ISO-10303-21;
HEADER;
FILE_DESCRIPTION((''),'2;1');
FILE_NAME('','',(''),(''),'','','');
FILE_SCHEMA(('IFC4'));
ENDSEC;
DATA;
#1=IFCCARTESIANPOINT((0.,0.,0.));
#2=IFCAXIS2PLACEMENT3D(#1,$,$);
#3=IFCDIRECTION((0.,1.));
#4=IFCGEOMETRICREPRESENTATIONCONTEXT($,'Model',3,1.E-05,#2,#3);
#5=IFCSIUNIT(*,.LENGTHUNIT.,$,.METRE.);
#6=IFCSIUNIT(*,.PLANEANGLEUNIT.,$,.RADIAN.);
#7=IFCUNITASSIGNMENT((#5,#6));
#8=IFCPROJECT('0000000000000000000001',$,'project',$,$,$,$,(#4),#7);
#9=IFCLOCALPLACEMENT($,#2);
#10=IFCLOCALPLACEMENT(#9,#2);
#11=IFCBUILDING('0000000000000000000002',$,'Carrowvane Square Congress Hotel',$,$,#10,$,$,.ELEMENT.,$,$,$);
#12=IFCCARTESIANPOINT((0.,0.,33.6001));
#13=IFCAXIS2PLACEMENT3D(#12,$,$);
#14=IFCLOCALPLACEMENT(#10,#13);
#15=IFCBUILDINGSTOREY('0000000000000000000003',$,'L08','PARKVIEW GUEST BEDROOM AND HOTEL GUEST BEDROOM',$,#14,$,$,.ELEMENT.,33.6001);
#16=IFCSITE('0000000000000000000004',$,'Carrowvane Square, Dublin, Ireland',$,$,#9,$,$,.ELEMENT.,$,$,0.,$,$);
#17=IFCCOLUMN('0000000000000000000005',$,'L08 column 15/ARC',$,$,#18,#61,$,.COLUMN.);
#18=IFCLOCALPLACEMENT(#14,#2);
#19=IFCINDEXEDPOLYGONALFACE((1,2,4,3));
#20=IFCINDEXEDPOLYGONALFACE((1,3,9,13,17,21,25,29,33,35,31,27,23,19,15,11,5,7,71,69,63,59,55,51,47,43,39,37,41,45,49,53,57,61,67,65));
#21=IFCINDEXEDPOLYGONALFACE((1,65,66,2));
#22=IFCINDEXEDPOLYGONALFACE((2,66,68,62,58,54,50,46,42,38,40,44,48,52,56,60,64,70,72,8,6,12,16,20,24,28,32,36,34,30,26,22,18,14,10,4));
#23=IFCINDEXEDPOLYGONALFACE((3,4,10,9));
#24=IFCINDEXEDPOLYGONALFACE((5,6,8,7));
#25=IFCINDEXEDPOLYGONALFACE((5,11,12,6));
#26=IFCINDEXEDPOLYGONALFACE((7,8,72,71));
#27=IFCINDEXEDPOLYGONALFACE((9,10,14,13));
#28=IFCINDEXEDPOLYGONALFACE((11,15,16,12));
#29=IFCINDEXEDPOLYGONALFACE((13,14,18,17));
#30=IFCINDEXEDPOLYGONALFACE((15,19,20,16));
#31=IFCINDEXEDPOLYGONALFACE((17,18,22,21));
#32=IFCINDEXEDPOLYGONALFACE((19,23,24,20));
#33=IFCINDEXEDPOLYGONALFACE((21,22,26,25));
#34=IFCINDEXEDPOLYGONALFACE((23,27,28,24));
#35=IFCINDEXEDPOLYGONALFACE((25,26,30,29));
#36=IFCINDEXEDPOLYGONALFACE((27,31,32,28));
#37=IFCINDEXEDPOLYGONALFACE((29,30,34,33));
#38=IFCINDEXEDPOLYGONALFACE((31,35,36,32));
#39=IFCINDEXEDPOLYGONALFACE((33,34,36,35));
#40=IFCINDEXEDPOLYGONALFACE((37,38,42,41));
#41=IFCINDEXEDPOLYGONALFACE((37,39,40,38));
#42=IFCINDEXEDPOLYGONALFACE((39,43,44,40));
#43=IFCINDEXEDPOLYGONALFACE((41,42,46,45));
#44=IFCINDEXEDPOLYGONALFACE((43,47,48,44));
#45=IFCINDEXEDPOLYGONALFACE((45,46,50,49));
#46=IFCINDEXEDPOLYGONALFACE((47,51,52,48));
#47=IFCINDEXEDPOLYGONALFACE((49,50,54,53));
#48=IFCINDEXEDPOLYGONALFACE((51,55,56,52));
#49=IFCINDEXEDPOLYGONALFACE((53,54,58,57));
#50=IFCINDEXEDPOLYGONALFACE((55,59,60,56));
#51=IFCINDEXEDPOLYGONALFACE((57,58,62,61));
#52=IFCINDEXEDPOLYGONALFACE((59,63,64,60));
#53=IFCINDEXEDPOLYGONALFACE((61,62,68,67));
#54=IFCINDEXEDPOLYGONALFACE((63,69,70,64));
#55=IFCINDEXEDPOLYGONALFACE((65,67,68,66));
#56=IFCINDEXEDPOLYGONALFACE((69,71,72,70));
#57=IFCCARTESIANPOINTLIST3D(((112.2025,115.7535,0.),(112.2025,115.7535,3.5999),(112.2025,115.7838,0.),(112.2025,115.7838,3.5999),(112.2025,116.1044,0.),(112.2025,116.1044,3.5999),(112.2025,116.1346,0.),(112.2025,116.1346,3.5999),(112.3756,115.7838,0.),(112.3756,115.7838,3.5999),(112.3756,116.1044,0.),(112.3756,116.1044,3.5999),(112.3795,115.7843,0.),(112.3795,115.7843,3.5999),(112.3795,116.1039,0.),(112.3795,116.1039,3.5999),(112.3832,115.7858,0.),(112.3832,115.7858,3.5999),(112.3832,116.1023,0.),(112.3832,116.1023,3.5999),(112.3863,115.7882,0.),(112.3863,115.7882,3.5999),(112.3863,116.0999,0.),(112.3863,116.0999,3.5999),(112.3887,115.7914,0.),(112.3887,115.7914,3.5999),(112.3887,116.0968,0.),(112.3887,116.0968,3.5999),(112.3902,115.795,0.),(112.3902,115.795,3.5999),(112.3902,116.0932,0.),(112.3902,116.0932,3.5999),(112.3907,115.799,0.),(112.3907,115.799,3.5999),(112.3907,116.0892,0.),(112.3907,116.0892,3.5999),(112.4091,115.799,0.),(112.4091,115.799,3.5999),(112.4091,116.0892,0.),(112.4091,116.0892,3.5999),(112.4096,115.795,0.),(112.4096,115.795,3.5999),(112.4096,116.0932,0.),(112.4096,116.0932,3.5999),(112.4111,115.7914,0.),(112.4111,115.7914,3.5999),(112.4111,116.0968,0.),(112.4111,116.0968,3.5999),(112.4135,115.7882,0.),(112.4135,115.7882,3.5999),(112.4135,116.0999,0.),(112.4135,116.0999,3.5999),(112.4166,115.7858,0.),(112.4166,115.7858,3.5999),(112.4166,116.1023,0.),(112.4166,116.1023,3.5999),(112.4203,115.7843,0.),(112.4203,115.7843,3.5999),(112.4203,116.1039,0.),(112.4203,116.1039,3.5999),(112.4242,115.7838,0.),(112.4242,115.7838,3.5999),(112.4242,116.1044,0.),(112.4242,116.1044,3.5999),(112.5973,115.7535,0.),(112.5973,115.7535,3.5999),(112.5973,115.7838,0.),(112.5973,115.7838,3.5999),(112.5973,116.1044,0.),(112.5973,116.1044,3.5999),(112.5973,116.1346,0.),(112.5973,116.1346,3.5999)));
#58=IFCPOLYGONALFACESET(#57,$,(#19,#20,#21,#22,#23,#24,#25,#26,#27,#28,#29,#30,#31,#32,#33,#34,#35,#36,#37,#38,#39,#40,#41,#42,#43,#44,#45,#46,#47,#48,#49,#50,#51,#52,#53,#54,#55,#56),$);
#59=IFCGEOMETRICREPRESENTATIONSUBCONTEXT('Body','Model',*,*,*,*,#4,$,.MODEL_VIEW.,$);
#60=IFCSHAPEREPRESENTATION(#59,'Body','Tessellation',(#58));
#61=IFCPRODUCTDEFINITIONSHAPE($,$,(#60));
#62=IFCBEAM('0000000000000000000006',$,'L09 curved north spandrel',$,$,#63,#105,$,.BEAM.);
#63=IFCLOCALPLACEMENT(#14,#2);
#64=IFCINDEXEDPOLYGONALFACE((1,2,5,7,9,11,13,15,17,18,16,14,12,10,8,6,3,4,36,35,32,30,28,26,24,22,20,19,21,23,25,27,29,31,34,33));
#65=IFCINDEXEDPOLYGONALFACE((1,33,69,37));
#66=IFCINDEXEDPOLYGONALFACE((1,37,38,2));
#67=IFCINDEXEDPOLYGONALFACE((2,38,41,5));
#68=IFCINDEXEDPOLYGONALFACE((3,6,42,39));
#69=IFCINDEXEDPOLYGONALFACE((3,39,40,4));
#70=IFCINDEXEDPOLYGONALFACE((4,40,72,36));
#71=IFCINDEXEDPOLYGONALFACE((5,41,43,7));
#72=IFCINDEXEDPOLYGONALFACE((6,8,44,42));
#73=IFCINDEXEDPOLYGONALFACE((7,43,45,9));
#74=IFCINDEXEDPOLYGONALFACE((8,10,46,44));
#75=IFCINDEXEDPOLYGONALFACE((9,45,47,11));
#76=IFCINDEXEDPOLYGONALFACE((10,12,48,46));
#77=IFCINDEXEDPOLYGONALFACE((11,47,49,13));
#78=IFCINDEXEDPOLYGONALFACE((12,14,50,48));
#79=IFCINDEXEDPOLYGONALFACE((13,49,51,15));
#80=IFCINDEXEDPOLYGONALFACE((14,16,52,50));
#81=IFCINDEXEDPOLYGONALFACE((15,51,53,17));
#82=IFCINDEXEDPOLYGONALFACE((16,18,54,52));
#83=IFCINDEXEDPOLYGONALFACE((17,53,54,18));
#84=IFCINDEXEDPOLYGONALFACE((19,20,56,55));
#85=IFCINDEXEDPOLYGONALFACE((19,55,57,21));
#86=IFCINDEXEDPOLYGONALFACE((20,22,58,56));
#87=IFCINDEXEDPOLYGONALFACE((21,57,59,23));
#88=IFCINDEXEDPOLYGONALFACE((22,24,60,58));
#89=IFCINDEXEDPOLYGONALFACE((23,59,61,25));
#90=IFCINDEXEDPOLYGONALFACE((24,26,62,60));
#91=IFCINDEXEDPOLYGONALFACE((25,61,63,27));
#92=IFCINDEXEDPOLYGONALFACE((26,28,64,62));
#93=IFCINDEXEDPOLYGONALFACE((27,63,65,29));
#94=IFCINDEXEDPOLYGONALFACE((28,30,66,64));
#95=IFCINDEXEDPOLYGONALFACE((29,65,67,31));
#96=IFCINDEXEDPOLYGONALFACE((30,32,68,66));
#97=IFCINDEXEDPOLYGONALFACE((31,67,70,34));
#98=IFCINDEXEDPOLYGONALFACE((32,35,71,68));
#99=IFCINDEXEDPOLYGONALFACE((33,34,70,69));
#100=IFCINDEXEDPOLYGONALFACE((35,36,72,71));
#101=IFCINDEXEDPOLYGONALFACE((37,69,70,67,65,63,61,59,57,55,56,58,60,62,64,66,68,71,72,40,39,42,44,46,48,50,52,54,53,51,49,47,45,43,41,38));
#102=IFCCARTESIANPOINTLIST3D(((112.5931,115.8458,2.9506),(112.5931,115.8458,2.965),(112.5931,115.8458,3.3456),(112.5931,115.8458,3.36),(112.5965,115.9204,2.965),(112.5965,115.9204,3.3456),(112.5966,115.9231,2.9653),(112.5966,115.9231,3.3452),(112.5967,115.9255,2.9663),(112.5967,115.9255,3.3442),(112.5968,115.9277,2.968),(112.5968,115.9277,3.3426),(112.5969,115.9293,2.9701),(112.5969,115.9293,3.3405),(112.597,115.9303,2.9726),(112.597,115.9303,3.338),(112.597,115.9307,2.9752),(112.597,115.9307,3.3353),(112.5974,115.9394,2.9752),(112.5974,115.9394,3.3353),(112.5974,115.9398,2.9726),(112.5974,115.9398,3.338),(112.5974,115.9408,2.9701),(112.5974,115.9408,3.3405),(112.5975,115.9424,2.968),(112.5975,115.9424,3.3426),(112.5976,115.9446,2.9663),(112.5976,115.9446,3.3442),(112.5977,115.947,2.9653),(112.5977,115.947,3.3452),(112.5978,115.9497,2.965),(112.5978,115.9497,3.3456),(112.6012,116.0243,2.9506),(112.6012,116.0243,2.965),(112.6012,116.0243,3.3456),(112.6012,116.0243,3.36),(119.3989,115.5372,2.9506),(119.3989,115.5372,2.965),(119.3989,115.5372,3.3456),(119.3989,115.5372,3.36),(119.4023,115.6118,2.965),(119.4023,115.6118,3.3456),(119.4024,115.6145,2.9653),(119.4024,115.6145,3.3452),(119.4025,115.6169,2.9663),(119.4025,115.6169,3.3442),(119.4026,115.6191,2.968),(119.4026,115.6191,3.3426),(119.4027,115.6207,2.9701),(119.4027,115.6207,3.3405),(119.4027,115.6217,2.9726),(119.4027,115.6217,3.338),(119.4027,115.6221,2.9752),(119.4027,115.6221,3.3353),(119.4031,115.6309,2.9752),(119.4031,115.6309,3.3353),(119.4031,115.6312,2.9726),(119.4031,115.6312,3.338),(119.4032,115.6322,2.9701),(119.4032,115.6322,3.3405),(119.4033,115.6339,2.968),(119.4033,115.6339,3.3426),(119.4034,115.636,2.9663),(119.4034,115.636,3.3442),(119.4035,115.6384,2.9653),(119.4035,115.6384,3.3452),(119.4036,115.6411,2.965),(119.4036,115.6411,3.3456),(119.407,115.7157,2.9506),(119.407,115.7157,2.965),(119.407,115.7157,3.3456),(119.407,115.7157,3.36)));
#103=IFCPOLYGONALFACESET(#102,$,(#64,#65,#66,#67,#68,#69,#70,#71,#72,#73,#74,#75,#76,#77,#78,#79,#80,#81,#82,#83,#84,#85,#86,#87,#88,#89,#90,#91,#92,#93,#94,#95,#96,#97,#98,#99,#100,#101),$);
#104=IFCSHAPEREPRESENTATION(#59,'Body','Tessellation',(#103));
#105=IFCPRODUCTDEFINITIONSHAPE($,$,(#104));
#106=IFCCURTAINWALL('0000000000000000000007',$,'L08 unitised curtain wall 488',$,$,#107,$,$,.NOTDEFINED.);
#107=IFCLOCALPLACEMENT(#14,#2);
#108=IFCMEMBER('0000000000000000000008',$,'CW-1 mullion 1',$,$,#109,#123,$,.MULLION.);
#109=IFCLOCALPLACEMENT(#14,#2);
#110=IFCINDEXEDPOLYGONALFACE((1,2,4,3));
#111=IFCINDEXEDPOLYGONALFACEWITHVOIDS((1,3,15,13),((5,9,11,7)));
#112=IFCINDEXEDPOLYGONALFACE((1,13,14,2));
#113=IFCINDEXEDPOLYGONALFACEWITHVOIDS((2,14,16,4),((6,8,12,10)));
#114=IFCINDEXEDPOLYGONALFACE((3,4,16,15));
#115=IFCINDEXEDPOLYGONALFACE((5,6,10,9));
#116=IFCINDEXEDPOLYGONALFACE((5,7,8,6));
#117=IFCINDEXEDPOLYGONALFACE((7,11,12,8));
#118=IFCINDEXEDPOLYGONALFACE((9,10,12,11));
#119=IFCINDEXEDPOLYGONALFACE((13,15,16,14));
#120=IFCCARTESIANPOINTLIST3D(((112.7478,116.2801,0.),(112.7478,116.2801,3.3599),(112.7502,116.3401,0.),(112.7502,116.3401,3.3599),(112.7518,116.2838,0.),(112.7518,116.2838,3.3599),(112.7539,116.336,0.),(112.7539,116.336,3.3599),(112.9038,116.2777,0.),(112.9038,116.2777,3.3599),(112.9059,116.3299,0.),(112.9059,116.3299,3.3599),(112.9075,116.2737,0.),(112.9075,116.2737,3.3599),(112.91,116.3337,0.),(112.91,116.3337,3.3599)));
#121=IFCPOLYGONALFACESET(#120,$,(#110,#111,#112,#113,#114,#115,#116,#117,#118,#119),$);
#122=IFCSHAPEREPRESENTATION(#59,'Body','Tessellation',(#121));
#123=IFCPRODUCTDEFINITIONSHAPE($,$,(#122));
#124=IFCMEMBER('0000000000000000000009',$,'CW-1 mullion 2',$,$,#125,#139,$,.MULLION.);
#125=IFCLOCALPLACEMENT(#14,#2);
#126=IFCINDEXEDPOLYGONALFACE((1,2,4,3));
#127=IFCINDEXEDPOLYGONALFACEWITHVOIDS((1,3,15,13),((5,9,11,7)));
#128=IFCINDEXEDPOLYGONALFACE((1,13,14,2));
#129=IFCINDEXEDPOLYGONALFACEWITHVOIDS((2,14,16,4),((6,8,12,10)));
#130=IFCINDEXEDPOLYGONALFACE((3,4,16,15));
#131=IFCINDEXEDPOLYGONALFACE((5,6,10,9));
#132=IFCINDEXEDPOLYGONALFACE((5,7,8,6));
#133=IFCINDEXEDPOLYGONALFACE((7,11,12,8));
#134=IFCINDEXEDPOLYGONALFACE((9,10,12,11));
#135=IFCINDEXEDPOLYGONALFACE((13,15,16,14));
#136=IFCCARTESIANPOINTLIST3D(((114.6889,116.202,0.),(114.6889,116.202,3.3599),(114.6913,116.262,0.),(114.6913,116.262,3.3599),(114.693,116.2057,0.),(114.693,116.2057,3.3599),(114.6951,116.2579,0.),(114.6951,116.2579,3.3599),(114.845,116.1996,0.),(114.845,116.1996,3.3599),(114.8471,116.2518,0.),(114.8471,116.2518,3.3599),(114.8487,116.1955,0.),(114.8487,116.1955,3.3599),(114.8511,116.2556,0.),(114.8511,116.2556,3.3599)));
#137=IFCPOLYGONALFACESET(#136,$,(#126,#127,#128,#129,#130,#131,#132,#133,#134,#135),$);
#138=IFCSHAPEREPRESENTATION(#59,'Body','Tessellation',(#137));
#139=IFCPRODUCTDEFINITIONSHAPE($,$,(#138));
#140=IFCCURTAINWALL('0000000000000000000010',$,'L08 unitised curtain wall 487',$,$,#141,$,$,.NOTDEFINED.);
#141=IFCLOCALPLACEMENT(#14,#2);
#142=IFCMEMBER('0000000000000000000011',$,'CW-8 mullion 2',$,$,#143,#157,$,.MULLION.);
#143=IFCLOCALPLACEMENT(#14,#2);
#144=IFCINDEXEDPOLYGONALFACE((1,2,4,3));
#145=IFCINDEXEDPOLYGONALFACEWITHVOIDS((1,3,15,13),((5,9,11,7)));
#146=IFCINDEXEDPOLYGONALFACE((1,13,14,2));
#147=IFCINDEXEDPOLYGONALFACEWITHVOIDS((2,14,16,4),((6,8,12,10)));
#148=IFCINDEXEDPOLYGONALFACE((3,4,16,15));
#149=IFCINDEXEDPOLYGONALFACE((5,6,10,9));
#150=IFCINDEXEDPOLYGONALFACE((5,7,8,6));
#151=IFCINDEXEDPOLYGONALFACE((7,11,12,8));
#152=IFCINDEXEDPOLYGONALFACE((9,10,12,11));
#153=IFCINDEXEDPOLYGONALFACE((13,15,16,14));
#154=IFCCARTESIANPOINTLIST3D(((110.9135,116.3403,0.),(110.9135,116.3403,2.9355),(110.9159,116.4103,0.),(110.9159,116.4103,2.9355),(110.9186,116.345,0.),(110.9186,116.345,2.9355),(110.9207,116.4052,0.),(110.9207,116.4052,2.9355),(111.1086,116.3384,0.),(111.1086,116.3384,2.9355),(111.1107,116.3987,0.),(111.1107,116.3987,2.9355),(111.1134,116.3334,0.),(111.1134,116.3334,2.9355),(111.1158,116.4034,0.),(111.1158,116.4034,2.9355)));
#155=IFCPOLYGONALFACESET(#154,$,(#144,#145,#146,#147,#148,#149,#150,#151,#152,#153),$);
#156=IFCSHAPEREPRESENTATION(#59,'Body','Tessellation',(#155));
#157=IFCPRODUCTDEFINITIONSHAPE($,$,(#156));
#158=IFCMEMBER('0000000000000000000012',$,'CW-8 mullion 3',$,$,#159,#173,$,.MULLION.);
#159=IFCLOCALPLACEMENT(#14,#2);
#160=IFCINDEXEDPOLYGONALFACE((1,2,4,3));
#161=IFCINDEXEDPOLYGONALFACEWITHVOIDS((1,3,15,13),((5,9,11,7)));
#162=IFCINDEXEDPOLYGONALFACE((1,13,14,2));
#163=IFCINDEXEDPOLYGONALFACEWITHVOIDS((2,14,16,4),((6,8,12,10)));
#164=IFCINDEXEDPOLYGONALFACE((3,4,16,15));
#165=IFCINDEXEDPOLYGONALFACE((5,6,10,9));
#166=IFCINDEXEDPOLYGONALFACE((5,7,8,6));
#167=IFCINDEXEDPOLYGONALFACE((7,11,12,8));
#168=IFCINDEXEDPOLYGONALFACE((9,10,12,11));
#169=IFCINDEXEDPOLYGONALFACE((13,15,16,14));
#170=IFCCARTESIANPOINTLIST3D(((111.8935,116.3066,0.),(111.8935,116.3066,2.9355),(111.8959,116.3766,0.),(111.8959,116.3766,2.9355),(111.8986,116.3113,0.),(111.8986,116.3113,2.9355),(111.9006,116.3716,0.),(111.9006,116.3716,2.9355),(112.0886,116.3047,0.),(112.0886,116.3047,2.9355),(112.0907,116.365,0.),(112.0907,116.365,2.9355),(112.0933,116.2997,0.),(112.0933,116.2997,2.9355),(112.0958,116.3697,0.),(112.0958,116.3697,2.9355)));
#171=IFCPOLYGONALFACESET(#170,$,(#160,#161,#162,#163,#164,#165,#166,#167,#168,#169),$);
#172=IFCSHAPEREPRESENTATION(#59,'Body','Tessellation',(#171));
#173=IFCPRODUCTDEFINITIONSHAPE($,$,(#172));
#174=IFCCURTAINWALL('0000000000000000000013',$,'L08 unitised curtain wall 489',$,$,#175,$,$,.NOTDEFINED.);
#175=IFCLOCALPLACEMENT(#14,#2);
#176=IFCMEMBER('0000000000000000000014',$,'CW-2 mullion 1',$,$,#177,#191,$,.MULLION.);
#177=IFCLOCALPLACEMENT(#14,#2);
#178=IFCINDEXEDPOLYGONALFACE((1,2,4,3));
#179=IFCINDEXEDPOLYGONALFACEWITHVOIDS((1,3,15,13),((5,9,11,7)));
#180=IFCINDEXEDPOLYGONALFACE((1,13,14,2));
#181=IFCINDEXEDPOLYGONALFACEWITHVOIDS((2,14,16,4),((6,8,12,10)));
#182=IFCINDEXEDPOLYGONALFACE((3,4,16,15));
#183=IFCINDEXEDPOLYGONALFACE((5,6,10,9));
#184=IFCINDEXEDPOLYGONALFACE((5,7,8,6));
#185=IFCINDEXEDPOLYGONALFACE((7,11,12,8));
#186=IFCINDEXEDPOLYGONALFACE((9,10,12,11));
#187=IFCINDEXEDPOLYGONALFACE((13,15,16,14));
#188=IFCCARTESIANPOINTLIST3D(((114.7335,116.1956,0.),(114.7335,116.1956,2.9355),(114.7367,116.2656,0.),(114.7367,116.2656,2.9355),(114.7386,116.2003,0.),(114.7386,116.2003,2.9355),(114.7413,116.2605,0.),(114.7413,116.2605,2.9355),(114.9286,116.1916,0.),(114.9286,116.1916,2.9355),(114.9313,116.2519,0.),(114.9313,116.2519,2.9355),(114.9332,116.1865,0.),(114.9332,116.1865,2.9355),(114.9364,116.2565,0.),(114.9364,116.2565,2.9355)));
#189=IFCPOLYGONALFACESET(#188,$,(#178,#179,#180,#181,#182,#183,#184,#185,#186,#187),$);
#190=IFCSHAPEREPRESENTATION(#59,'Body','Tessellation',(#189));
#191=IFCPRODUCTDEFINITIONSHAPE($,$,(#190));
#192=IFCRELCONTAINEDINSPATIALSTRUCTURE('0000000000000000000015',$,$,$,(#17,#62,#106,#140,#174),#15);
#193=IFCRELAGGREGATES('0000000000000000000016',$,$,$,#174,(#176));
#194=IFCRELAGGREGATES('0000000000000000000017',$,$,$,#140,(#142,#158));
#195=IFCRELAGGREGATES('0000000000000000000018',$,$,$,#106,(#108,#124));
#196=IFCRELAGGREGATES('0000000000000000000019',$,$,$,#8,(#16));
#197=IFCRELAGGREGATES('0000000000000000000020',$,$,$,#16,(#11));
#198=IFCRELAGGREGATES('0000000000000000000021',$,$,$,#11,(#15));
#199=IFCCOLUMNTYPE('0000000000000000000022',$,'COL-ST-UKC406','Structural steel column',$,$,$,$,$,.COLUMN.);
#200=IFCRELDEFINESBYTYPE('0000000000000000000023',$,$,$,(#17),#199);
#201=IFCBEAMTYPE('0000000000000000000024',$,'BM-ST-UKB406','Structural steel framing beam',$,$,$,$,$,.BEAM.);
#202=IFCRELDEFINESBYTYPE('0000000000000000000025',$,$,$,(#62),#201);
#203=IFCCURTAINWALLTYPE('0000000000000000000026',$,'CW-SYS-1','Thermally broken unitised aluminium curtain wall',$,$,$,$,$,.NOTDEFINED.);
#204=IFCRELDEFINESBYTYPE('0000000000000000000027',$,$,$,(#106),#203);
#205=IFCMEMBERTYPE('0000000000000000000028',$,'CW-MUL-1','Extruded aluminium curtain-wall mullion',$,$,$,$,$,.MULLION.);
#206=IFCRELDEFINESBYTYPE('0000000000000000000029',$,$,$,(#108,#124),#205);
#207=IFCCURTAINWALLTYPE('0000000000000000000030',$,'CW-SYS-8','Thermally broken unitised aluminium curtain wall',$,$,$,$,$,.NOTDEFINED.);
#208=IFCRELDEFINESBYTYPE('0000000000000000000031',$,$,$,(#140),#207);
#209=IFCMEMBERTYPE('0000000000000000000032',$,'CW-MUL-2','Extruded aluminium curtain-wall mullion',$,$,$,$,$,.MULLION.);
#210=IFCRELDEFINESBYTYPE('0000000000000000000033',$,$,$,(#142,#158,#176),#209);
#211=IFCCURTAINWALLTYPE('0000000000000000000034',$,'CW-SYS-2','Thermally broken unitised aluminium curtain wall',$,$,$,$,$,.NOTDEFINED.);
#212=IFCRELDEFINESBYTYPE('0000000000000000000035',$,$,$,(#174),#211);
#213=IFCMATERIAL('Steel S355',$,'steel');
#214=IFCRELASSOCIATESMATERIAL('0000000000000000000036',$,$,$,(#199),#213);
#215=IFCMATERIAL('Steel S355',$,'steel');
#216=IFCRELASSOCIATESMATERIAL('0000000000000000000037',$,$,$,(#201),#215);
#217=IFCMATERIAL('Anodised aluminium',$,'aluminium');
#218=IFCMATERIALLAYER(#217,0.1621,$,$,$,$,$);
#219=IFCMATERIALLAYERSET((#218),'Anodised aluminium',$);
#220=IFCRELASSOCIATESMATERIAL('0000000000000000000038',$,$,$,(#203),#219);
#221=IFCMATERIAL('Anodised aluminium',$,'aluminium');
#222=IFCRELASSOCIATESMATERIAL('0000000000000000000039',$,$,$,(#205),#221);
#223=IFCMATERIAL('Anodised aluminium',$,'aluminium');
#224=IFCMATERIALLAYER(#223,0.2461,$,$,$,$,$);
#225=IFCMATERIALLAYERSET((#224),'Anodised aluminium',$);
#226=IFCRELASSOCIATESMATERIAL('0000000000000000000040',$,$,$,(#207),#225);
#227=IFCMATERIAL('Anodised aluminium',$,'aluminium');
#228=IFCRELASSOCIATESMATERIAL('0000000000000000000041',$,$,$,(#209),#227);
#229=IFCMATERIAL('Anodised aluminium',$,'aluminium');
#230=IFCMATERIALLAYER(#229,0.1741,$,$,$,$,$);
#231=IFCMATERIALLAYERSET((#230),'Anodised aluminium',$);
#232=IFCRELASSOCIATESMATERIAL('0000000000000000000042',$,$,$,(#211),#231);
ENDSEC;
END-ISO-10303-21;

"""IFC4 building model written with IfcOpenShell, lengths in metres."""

from ifc_helpers import new_model, si_unit, direction, frame, origin, origin_2d, place, context, subcontext, project, spatial, hollow_rectangle, i_section, extrude, material, layer, layer_set, material_profile, profile_set, type_object, element, aggregate, save


model = new_model("IFC4")

# Units and contexts
model_context = context("Model", 3, precision=1e-05, world=origin(), true_north=direction((0.0, 1.0)))
body_context = subcontext(model_context, "Body", "Model", "MODEL_VIEW")
ifc_project = project(units=[si_unit("LENGTHUNIT", "METRE"), si_unit("PLANEANGLEUNIT", "RADIAN")], contexts=[model_context])

# Site, building, storey
site_placement = place(None, origin())
site = spatial("IfcSite", under=ifc_project, at=site_placement, Name="Carrowvane Square, Dublin, Ireland", CompositionType="ELEMENT", RefElevation=0.0)
building_placement = place(site_placement, origin())
building = spatial("IfcBuilding", under=site, at=building_placement, Name="Carrowvane Square Congress Hotel", CompositionType="ELEMENT")
storey_placement = place(building_placement, frame((0.0, 0.0, 33.6001)))
storey = spatial("IfcBuildingStorey", under=building, at=storey_placement, Name="L08", Description="PARKVIEW GUEST BEDROOM AND HOTEL GUEST BEDROOM", CompositionType="ELEMENT", Elevation=33.6001)

# Column
ifc_material_1 = material(Name="Steel S355", Category="steel")
ifc_material_profile_1 = material_profile(ifc_material_1, i_section(OverallWidth=0.3948, OverallDepth=0.3811, WebThickness=0.0183, FlangeThickness=0.0303, FilletRadius=0.0151, at=origin_2d()), Name="UKC 356x406x235")
ifc_profile_set_1 = profile_set([ifc_material_profile_1], Name="Steel S355")
column_type = type_object("IfcColumnType", Name="COL-ST-UKC406", Description="Structural steel column", PredefinedType="COLUMN", material=ifc_profile_set_1)
column_placement = place(storey_placement, frame((112.3999, 115.9441, 0.0), z_axis=(0.0, 0.0, 1.0), x_axis=(1.0, 0.0, 0.0)))
element("IfcColumn", 1, at=column_placement, inside=storey, type_object=column_type, Name="L08 column 15/ARC", PredefinedType="COLUMN", context=body_context, shape_type="SweptSolid", body=[
    extrude(i_section(OverallWidth=0.3948, OverallDepth=0.3811, WebThickness=0.0183, FlangeThickness=0.0303, FilletRadius=0.0151, at=origin_2d()), origin(), (0.0, 0.0, 1.0), 3.5999),
])

# Beam
ifc_material_2 = material(Name="Steel S355", Category="steel")
ifc_material_profile_2 = material_profile(ifc_material_2, i_section(OverallWidth=0.1787, OverallDepth=0.4094, WebThickness=0.0088, FlangeThickness=0.0144, FilletRadius=0.0103, at=origin_2d()), Name="UKB 406x178x67")
ifc_profile_set_2 = profile_set([ifc_material_profile_2], Name="Steel S355")
beam_type = type_object("IfcBeamType", Name="BM-ST-UKB406", Description="Structural steel framing beam", PredefinedType="BEAM", material=ifc_profile_set_2)
beam_placement = place(storey_placement, frame((112.5972, 115.9351, 3.1553), z_axis=(0.998974, -0.045297, 0.0), x_axis=(0.045297, 0.998974, 0.0)))
element("IfcBeam", 2, at=beam_placement, inside=storey, type_object=beam_type, Name="L09 curved north spandrel", PredefinedType="BEAM", context=body_context, shape_type="SweptSolid", body=[
    extrude(i_section(OverallWidth=0.1787, OverallDepth=0.4094, WebThickness=0.0088, FlangeThickness=0.0144, FilletRadius=0.0103, at=origin_2d()), origin(), (0.0, 0.0, 1.0), 6.8127),
])

# Curtain walls, members
ifc_material_3 = material(Name="Anodised aluminium", Category="aluminium")
ifc_layer_1 = layer(ifc_material_3, 0.1621)
ifc_layer_set_1 = layer_set([ifc_layer_1], Name="Anodised aluminium")
curtain_wall_type_1 = type_object("IfcCurtainWallType", Name="CW-SYS-1", Description="Thermally broken unitised aluminium curtain wall", PredefinedType="NOTDEFINED", material=ifc_layer_set_1)
curtain_wall_1_placement = place(storey_placement, origin())
curtain_wall_1 = element("IfcCurtainWall", 3, at=curtain_wall_1_placement, inside=storey, type_object=curtain_wall_type_1, Name="L08 unitised curtain wall 488", PredefinedType="NOTDEFINED")
ifc_material_4 = material(Name="Anodised aluminium", Category="aluminium")
ifc_material_profile_3 = material_profile(ifc_material_4, hollow_rectangle(XDim=0.0601, YDim=0.1599, WallThickness=0.0039, at=origin_2d()), Name="CW-ML 60x160x4")
ifc_profile_set_3 = profile_set([ifc_material_profile_3], Name="Anodised aluminium")
member_type_1 = type_object("IfcMemberType", Name="CW-MUL-1", Description="Extruded aluminium curtain-wall mullion", PredefinedType="MULLION", material=ifc_profile_set_3)
member_1_placement = place(storey_placement, frame((112.8289, 116.3069, 0.0), z_axis=(0.0, 0.0, 1.0), x_axis=(0.040131, 0.999194, 0.0)))
member_1 = element("IfcMember", 4, at=member_1_placement, type_object=member_type_1, Name="CW-1 mullion 1", PredefinedType="MULLION", context=body_context, shape_type="SweptSolid", body=[
    extrude(hollow_rectangle(XDim=0.0601, YDim=0.1599, WallThickness=0.0039, at=origin_2d()), origin(), (0.0, 0.0, 1.0), 3.3599),
])
member_2_placement = place(storey_placement, frame((114.77, 116.2288, 0.0), z_axis=(0.0, 0.0, 1.0), x_axis=(0.040131, 0.999194, 0.0)))
member_2 = element("IfcMember", 5, at=member_2_placement, type_object=member_type_1, Name="CW-1 mullion 2", PredefinedType="MULLION", context=body_context, shape_type="SweptSolid", body=[
    extrude(hollow_rectangle(XDim=0.0601, YDim=0.1599, WallThickness=0.0039, at=origin_2d()), origin(), (0.0, 0.0, 1.0), 3.3599),
])
ifc_material_5 = material(Name="Anodised aluminium", Category="aluminium")
ifc_layer_2 = layer(ifc_material_5, 0.2461)
ifc_layer_set_2 = layer_set([ifc_layer_2], Name="Anodised aluminium")
curtain_wall_type_2 = type_object("IfcCurtainWallType", Name="CW-SYS-8", Description="Thermally broken unitised aluminium curtain wall", PredefinedType="NOTDEFINED", material=ifc_layer_set_2)
curtain_wall_2_placement = place(storey_placement, origin())
curtain_wall_2 = element("IfcCurtainWall", 6, at=curtain_wall_2_placement, inside=storey, type_object=curtain_wall_type_2, Name="L08 unitised curtain wall 487", PredefinedType="NOTDEFINED")
ifc_material_6 = material(Name="Anodised aluminium", Category="aluminium")
ifc_material_profile_4 = material_profile(ifc_material_6, hollow_rectangle(XDim=0.0701, YDim=0.2, WallThickness=0.0049, at=origin_2d()), Name="CW-ML 70x200x5")
ifc_profile_set_4 = profile_set([ifc_material_profile_4], Name="Anodised aluminium")
member_type_2 = type_object("IfcMemberType", Name="CW-MUL-2", Description="Extruded aluminium curtain-wall mullion", PredefinedType="MULLION", material=ifc_profile_set_4)
member_3_placement = place(storey_placement, frame((111.0146, 116.3718, 0.0), z_axis=(0.0, 0.0, 1.0), x_axis=(0.03453, 0.999404, 0.0)))
member_3 = element("IfcMember", 7, at=member_3_placement, type_object=member_type_2, Name="CW-8 mullion 2", PredefinedType="MULLION", context=body_context, shape_type="SweptSolid", body=[
    extrude(hollow_rectangle(XDim=0.0701, YDim=0.2, WallThickness=0.0049, at=origin_2d()), origin(), (0.0, 0.0, 1.0), 2.9355),
])
member_4_placement = place(storey_placement, frame((111.9946, 116.3381, 0.0), z_axis=(0.0, 0.0, 1.0), x_axis=(0.03453, 0.999404, 0.0)))
member_4 = element("IfcMember", 8, at=member_4_placement, type_object=member_type_2, Name="CW-8 mullion 3", PredefinedType="MULLION", context=body_context, shape_type="SweptSolid", body=[
    extrude(hollow_rectangle(XDim=0.0701, YDim=0.2, WallThickness=0.0049, at=origin_2d()), origin(), (0.0, 0.0, 1.0), 2.9355),
])

# Curtain wall, member
ifc_material_7 = material(Name="Anodised aluminium", Category="aluminium")
ifc_layer_3 = layer(ifc_material_7, 0.1741)
ifc_layer_set_3 = layer_set([ifc_layer_3], Name="Anodised aluminium")
curtain_wall_type_3 = type_object("IfcCurtainWallType", Name="CW-SYS-2", Description="Thermally broken unitised aluminium curtain wall", PredefinedType="NOTDEFINED", material=ifc_layer_set_3)
curtain_wall_3_placement = place(storey_placement, origin())
curtain_wall_3 = element("IfcCurtainWall", 9, at=curtain_wall_3_placement, inside=storey, type_object=curtain_wall_type_3, Name="L08 unitised curtain wall 489", PredefinedType="NOTDEFINED")
member_5_placement = place(storey_placement, frame((114.835, 116.2261, 0.0), z_axis=(0.0, 0.0, 1.0), x_axis=(0.045411, 0.998968, 0.0)))
member_5 = element("IfcMember", 10, at=member_5_placement, type_object=member_type_2, Name="CW-2 mullion 1", PredefinedType="MULLION", context=body_context, shape_type="SweptSolid", body=[
    extrude(hollow_rectangle(XDim=0.0701, YDim=0.2, WallThickness=0.0049, at=origin_2d()), origin(), (0.0, 0.0, 1.0), 2.9355),
])

aggregate(curtain_wall_3, [member_5])

aggregate(curtain_wall_2, [member_3, member_4])
aggregate(curtain_wall_1, [member_1, member_2])

save(model, "model.ifc")
